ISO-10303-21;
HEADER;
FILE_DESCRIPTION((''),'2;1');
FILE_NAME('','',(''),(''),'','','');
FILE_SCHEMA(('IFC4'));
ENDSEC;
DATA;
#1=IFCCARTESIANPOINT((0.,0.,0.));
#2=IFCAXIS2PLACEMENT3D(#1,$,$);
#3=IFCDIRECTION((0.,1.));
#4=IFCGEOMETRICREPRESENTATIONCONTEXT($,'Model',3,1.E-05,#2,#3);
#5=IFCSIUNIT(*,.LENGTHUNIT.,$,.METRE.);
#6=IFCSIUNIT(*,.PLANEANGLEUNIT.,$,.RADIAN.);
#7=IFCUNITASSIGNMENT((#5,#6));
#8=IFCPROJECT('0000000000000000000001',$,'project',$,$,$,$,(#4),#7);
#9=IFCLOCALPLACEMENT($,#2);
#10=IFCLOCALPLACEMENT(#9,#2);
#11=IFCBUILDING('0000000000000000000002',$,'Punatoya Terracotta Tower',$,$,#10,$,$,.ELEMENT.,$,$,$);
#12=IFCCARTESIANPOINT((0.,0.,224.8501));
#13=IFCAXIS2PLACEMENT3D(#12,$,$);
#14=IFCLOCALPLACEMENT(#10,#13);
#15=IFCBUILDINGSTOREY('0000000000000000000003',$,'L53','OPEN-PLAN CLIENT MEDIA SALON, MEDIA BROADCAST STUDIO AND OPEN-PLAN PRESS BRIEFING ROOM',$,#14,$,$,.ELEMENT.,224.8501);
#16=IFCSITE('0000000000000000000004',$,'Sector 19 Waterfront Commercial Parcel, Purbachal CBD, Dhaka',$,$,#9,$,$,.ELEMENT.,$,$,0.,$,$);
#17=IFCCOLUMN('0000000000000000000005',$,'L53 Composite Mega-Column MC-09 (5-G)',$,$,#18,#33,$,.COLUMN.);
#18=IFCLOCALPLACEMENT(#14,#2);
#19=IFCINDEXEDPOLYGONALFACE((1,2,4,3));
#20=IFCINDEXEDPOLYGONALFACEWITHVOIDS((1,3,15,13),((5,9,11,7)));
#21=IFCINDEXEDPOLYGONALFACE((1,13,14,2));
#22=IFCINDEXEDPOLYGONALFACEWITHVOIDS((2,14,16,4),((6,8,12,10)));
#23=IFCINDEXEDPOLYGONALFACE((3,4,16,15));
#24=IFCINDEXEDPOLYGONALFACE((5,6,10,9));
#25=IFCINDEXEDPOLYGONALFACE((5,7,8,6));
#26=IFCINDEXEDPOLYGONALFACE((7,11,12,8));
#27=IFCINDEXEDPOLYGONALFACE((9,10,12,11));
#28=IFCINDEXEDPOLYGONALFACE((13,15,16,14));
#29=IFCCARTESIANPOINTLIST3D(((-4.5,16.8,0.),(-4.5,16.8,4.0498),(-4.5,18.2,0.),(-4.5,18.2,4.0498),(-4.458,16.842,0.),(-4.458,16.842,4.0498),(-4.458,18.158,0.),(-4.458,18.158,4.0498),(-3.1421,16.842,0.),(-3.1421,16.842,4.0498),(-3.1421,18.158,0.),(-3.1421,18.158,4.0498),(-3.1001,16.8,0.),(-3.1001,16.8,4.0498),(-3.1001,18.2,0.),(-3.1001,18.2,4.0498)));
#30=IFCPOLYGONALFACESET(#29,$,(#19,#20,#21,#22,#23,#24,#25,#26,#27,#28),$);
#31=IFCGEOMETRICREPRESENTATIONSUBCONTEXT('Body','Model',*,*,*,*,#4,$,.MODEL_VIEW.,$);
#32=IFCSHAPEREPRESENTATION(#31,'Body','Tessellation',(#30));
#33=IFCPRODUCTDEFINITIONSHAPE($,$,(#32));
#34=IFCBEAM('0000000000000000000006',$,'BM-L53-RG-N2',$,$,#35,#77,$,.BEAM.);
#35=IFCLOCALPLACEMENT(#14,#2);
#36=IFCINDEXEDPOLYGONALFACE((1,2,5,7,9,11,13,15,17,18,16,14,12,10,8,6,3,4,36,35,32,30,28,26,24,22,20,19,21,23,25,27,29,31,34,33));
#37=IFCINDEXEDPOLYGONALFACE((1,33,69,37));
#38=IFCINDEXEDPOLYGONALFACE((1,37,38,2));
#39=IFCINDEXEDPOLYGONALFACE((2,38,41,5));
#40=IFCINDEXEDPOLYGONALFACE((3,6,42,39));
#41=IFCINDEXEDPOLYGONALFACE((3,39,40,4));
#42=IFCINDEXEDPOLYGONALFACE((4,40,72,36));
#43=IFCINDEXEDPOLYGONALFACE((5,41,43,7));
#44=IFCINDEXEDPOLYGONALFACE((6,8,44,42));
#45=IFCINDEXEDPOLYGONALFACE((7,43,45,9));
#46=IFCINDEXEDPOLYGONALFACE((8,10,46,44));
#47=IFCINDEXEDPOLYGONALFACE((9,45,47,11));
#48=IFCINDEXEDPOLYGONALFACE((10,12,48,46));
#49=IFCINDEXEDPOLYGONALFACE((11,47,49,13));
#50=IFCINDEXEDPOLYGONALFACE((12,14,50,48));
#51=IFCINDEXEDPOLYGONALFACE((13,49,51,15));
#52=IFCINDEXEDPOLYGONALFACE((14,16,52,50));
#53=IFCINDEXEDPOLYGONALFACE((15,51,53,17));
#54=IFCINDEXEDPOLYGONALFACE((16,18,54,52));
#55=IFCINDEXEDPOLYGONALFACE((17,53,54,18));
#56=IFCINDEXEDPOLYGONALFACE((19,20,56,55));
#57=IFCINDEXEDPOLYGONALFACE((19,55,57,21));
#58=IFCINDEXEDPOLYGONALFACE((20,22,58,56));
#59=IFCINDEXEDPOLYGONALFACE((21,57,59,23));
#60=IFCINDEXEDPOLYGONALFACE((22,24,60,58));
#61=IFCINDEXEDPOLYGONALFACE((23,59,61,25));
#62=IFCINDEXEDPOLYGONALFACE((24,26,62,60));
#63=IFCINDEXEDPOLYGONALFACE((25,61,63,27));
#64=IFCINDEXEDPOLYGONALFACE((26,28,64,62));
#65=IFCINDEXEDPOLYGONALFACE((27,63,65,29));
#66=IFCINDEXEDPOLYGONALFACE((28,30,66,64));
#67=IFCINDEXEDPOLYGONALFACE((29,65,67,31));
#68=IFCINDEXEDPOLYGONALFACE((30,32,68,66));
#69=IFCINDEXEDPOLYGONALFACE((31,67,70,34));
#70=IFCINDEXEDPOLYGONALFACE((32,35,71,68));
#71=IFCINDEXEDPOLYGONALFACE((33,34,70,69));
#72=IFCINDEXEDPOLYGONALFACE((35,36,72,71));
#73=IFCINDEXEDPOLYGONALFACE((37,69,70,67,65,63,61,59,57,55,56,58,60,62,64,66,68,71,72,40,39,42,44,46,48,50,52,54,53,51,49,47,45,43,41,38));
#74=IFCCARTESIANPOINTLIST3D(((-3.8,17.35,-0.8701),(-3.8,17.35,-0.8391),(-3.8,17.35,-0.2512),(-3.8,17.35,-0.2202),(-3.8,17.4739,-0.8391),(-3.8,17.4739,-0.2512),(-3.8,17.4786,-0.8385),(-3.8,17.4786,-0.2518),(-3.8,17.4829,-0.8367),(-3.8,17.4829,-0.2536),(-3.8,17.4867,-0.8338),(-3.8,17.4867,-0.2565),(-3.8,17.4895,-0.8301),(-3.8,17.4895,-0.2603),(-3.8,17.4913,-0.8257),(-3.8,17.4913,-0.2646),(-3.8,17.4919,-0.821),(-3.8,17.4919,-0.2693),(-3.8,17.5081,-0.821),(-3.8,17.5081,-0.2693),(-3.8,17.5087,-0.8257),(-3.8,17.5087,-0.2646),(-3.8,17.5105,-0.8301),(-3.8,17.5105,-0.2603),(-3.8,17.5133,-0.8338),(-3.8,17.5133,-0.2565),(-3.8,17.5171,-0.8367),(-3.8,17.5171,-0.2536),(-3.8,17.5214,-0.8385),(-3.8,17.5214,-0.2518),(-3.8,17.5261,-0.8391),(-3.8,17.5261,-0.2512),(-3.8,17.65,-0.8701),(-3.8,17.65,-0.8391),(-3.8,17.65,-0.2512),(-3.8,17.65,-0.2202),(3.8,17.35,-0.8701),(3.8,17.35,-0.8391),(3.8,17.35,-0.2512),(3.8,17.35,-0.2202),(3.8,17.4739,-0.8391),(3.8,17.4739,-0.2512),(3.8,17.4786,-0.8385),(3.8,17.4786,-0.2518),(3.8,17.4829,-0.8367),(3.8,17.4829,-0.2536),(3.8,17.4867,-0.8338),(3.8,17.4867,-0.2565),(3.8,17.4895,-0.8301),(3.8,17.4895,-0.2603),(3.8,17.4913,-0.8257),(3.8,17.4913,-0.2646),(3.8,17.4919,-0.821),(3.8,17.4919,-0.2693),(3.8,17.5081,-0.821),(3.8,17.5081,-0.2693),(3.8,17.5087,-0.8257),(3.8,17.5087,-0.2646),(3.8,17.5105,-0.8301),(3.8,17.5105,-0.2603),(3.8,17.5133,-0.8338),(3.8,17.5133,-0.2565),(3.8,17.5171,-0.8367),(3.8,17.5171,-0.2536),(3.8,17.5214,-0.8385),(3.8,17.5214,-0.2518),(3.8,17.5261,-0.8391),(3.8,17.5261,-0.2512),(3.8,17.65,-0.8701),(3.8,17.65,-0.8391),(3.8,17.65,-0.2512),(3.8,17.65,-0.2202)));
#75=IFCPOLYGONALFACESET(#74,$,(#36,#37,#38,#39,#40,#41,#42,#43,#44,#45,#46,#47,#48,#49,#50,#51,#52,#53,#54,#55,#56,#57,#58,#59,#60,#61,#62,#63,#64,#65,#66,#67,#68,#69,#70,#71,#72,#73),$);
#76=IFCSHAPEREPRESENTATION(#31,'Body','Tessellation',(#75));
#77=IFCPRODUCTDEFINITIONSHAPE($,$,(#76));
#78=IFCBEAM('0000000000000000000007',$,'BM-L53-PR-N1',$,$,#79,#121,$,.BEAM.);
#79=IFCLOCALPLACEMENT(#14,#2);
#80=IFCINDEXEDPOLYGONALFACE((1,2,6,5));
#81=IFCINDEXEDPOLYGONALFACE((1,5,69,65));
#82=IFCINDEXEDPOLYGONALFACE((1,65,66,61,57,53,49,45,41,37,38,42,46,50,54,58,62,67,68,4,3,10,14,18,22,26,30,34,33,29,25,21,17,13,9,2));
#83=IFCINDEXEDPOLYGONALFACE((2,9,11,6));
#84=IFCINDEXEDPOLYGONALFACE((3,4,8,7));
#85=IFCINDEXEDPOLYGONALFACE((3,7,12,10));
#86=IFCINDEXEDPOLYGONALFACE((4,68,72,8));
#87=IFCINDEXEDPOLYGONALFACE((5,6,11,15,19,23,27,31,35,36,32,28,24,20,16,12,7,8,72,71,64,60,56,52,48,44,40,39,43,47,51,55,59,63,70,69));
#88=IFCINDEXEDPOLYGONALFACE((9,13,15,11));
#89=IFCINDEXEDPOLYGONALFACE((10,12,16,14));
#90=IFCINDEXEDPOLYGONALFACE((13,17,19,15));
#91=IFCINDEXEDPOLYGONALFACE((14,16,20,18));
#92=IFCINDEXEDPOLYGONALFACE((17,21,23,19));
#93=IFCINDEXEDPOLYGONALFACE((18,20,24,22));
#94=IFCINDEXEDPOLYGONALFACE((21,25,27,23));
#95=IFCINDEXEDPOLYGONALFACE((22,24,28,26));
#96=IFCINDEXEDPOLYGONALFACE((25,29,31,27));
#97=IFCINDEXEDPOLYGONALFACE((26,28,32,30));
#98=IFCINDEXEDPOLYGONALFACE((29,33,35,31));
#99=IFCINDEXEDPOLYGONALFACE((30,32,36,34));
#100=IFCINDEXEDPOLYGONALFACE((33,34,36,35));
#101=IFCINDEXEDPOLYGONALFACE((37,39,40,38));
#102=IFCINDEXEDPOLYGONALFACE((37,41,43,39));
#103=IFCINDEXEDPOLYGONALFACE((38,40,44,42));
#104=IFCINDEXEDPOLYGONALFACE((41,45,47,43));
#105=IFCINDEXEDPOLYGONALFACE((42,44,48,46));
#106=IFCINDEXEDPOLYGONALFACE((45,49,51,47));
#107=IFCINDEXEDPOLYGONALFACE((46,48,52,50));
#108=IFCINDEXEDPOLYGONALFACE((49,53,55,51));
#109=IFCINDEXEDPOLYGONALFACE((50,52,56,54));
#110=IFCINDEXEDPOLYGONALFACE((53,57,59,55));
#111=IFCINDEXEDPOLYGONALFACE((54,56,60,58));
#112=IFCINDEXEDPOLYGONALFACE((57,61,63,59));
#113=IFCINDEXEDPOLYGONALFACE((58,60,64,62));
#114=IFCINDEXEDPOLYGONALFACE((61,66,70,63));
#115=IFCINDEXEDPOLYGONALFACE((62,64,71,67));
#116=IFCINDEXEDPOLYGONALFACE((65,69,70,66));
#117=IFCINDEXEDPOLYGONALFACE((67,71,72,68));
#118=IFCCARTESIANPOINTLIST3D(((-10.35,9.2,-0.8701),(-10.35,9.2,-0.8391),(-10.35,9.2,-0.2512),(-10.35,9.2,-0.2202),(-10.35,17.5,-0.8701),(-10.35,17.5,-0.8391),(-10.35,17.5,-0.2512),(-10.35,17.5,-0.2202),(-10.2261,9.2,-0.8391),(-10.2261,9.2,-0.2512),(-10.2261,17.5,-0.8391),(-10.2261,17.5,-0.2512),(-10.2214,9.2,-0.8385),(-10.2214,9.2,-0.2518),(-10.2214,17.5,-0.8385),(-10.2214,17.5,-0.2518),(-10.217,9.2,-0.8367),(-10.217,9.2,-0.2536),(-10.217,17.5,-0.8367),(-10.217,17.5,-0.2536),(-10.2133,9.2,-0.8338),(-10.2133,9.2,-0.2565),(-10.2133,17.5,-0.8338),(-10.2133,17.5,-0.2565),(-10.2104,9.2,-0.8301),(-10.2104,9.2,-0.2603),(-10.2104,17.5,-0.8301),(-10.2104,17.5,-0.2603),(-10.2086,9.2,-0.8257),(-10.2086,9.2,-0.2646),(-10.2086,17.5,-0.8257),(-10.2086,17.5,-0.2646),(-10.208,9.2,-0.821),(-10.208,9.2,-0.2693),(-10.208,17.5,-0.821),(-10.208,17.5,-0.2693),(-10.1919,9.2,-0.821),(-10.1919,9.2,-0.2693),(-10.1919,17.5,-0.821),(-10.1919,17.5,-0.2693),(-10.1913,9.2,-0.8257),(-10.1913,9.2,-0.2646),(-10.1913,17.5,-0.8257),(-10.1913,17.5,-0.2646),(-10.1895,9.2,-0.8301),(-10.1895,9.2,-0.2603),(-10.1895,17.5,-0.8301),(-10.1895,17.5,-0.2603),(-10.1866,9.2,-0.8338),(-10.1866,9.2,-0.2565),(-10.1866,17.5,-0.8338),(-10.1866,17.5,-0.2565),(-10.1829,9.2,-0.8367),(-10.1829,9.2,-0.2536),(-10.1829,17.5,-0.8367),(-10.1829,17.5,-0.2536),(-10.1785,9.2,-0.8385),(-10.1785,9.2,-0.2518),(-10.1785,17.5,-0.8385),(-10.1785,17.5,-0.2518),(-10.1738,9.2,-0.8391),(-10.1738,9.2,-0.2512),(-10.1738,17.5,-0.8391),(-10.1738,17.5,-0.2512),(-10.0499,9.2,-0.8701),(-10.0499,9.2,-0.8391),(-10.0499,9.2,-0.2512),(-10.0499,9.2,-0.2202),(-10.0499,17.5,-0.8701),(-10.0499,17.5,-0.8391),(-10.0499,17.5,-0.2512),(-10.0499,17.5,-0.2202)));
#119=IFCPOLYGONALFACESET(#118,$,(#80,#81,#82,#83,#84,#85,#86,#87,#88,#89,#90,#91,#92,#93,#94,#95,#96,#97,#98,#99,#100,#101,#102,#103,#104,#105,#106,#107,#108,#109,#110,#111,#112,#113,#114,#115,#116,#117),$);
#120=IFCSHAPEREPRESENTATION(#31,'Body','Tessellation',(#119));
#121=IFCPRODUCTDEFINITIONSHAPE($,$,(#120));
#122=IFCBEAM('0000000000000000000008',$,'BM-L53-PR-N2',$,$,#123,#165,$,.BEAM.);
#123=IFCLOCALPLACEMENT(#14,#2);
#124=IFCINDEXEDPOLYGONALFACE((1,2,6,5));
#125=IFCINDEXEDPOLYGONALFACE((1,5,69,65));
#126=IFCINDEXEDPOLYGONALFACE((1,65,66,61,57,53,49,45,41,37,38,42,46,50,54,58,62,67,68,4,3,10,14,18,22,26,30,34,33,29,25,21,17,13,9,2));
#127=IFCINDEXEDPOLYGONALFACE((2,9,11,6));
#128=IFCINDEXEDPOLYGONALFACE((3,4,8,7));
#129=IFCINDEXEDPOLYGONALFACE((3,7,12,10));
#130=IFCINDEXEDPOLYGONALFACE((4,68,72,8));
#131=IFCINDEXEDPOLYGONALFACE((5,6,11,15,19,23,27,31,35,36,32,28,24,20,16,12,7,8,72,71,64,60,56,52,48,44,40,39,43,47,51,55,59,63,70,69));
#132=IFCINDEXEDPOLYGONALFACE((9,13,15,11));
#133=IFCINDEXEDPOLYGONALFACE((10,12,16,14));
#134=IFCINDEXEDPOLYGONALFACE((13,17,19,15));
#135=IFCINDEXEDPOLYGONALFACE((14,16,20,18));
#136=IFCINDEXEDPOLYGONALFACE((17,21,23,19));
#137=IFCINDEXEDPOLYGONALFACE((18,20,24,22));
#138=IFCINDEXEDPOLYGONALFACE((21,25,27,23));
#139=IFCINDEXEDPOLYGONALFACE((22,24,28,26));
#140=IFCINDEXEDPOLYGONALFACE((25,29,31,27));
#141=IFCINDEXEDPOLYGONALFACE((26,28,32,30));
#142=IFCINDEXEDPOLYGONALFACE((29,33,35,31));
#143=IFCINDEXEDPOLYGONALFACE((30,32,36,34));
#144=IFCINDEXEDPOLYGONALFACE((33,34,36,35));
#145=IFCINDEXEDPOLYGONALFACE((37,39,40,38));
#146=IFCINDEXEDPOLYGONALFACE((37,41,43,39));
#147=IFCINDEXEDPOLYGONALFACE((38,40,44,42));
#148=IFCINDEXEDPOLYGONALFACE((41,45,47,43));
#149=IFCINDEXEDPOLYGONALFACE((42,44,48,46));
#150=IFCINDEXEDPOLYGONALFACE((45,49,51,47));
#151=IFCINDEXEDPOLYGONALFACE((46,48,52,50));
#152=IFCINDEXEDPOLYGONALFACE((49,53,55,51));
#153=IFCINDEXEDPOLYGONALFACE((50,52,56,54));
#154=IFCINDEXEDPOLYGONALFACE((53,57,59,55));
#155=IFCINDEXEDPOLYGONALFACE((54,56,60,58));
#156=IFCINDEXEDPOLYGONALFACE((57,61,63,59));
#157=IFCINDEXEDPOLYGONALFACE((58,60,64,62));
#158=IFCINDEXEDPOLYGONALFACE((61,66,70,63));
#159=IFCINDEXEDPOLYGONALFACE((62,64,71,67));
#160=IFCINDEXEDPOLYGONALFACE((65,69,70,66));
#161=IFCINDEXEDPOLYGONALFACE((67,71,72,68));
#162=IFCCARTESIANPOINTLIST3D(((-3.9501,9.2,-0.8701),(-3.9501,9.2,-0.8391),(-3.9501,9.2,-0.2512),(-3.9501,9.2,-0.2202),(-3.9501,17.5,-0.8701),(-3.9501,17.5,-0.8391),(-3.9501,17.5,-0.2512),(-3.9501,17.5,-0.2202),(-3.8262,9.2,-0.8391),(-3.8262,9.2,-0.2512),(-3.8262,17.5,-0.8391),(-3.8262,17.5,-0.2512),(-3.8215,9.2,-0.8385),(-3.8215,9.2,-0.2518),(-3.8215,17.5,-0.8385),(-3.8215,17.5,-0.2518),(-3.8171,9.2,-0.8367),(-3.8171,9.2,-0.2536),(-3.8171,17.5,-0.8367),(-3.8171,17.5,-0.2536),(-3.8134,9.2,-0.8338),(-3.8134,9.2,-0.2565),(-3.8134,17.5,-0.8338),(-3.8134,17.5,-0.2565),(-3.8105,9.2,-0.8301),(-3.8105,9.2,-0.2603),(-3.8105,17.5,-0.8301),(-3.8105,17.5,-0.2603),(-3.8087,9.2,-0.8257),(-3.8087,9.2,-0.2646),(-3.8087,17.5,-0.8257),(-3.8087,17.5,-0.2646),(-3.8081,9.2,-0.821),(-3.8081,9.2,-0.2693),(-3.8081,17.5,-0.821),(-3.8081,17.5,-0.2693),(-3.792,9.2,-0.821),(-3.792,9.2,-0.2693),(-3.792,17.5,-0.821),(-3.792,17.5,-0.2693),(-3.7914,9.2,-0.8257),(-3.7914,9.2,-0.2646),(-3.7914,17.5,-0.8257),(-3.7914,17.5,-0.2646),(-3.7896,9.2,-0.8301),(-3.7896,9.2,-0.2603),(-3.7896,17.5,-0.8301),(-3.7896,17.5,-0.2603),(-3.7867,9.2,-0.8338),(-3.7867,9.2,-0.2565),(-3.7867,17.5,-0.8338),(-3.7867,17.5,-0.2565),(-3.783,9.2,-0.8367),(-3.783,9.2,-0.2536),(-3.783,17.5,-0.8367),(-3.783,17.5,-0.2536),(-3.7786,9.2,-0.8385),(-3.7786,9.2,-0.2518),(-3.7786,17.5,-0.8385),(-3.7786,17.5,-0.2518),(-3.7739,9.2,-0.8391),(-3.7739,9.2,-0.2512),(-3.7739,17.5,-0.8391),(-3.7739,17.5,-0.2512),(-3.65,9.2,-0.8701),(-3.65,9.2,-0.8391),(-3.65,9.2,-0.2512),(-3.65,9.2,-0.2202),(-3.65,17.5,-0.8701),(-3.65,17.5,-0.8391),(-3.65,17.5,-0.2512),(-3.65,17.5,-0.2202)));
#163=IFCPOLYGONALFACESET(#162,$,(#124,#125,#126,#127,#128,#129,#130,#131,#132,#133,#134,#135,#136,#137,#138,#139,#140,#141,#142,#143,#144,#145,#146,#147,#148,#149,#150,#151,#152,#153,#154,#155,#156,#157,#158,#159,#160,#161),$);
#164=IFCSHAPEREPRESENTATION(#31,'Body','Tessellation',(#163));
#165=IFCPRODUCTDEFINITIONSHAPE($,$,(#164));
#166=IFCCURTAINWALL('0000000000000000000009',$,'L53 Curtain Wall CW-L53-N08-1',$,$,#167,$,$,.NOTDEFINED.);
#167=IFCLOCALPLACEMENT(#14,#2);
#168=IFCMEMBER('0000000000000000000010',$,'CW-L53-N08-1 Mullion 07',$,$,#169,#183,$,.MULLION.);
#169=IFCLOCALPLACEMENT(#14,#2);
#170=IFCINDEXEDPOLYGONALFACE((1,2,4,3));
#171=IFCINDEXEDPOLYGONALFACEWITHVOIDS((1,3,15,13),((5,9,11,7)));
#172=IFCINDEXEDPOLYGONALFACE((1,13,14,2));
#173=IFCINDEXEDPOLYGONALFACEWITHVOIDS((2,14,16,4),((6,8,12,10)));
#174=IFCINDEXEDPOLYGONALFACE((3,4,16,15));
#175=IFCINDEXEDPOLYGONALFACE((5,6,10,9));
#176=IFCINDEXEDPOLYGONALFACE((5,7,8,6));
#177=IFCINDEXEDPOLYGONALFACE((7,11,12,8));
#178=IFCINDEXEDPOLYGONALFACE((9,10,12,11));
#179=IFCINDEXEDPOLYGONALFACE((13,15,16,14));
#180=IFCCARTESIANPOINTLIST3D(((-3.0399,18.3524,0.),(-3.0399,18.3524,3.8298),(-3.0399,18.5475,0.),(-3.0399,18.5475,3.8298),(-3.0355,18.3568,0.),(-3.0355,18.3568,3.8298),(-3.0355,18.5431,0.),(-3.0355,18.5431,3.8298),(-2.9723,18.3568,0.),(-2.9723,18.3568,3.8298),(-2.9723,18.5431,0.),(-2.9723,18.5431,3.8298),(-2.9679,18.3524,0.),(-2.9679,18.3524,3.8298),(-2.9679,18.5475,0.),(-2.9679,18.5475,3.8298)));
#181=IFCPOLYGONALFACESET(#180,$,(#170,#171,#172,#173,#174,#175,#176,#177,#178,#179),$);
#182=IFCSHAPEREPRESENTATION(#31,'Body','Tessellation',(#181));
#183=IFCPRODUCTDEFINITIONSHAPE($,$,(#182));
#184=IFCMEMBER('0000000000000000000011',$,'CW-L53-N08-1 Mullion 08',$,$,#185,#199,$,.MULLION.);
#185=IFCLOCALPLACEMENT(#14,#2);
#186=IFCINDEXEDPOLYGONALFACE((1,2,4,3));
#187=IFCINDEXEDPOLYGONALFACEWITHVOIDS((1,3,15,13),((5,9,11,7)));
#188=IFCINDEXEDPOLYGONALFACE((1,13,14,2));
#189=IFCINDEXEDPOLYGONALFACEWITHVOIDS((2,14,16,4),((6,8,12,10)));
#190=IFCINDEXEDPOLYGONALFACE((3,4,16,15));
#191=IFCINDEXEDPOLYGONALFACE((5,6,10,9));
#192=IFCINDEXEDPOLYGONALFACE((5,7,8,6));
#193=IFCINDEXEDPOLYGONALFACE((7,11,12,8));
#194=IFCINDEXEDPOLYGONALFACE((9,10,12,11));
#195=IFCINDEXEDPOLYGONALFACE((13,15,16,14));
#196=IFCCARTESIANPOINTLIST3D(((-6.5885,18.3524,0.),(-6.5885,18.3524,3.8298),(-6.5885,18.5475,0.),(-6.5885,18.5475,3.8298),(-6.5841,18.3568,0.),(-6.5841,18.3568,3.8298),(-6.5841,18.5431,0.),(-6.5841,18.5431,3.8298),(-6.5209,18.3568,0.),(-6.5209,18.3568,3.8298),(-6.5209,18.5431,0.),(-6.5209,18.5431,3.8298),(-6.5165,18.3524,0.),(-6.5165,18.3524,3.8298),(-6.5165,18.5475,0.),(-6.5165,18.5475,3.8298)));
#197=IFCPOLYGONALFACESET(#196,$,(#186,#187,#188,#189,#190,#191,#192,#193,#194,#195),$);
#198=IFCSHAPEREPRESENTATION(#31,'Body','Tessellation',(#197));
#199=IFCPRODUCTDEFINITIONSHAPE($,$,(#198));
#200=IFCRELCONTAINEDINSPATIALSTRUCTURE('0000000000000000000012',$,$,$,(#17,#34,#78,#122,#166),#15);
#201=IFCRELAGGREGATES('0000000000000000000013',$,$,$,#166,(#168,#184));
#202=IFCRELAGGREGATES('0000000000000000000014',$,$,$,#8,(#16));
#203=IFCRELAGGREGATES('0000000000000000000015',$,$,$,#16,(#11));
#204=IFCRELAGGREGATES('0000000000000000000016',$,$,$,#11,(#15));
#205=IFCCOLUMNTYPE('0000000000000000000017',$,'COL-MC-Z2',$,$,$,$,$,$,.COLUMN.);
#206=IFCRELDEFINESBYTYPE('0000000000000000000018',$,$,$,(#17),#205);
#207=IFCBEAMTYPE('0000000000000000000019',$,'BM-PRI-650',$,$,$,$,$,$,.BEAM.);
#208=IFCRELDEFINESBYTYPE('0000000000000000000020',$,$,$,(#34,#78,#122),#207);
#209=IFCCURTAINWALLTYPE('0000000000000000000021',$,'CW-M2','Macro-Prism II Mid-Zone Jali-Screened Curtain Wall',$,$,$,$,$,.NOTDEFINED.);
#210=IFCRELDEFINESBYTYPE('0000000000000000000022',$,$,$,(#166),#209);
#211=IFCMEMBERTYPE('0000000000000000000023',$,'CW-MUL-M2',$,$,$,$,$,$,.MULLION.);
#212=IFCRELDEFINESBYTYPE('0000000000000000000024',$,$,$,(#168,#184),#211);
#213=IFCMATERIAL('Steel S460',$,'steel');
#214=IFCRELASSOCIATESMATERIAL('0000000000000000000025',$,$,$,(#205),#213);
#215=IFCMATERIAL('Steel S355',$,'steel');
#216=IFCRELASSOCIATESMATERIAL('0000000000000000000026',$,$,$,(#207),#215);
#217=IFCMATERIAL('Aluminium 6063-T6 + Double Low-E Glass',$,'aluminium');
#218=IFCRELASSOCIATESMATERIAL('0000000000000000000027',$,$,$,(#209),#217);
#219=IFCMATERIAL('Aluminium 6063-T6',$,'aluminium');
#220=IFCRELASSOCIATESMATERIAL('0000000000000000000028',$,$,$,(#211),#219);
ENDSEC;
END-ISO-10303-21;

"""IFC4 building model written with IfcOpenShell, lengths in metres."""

from ifc_helpers import new_model, si_unit, direction, frame, origin, origin_2d, place, context, subcontext, project, spatial, hollow_rectangle, i_section, extrude, material, material_profile, profile_set, type_object, element, aggregate, save


model = new_model("IFC4")

# Units and contexts
model_context = context("Model", 3, precision=1e-05, world=origin(), true_north=direction((0.0, 1.0)))
body_context = subcontext(model_context, "Body", "Model", "MODEL_VIEW")
ifc_project = project(units=[si_unit("LENGTHUNIT", "METRE"), si_unit("PLANEANGLEUNIT", "RADIAN")], contexts=[model_context])

# Site, building, storey
site_placement = place(None, origin())
site = spatial("IfcSite", under=ifc_project, at=site_placement, Name="Sector 19 Waterfront Commercial Parcel, Purbachal CBD, Dhaka", CompositionType="ELEMENT", RefElevation=0.0)
building_placement = place(site_placement, origin())
building = spatial("IfcBuilding", under=site, at=building_placement, Name="Punatoya Terracotta Tower", CompositionType="ELEMENT")
storey_placement = place(building_placement, frame((0.0, 0.0, 224.8501)))
storey = spatial("IfcBuildingStorey", under=building, at=storey_placement, Name="L53", Description="OPEN-PLAN CLIENT MEDIA SALON, MEDIA BROADCAST STUDIO AND OPEN-PLAN PRESS BRIEFING ROOM", CompositionType="ELEMENT", Elevation=224.8501)

# Column
ifc_material_1 = material(Name="Steel S460", Category="steel")
ifc_material_profile_1 = material_profile(ifc_material_1, hollow_rectangle(XDim=1.3999, YDim=1.3999, WallThickness=0.042, at=origin_2d()))
ifc_profile_set_1 = profile_set([ifc_material_profile_1], Name="Steel S460")
column_type = type_object("IfcColumnType", Name="COL-MC-Z2", PredefinedType="COLUMN", material=ifc_profile_set_1)
column_placement = place(storey_placement, frame((-3.8, 17.5, 0.0), z_axis=(0.0, 0.0, 1.0), x_axis=(1.0, 0.0, 0.0)))
element("IfcColumn", 1, at=column_placement, inside=storey, type_object=column_type, Name="L53 Composite Mega-Column MC-09 (5-G)", PredefinedType="COLUMN", context=body_context, shape_type="SweptSolid", body=[
    extrude(hollow_rectangle(XDim=1.3999, YDim=1.3999, WallThickness=0.042, at=origin_2d()), origin(), (0.0, 0.0, 1.0), 4.0498),
])

# Beams
ifc_material_2 = material(Name="Steel S355", Category="steel")
ifc_material_profile_2 = material_profile(ifc_material_2, i_section(OverallWidth=0.3, OverallDepth=0.6499, WebThickness=0.0161, FlangeThickness=0.031, FilletRadius=0.0181, at=origin_2d()))
ifc_profile_set_2 = profile_set([ifc_material_profile_2], Name="Steel S355")
beam_type = type_object("IfcBeamType", Name="BM-PRI-650", PredefinedType="BEAM", material=ifc_profile_set_2)
beam_placement = place(storey_placement, frame((-3.8, 17.5, -0.5452), z_axis=(1.0, 0.0, 0.0), x_axis=(0.0, 1.0, 0.0)))
element("IfcBeam", 2, at=beam_placement, inside=storey, type_object=beam_type, Name="BM-L53-RG-N2", PredefinedType="BEAM", context=body_context, shape_type="SweptSolid", body=[
    extrude(i_section(OverallWidth=0.3, OverallDepth=0.6499, WebThickness=0.0161, FlangeThickness=0.031, FilletRadius=0.0181, at=origin_2d()), origin(), (0.0, 0.0, 1.0), 7.6001),
])
for number, where, z_axis, x_axis, name in (
    (3, (-10.2, 9.2, -0.5452), (0.0, 1.0, 0.0), (-1.0, 0.0, 0.0), "BM-L53-PR-N1"),
    (4, (-3.8, 9.2, -0.5452), (0.0, 1.0, 0.0), (-1.0, 0.0, 0.0), "BM-L53-PR-N2"),
):
    element("IfcBeam", number, at=place(storey_placement, frame(where, z_axis=z_axis, x_axis=x_axis)), inside=storey, type_object=beam_type, Name=name, PredefinedType="BEAM", context=body_context, shape_type="SweptSolid", body=[
        extrude(i_section(OverallWidth=0.3, OverallDepth=0.6499, WebThickness=0.0161, FlangeThickness=0.031, FilletRadius=0.0181, at=origin_2d()), origin(), (0.0, 0.0, 1.0), 8.3),
    ])

# Curtain wall, members
ifc_material_3 = material(Name="Aluminium 6063-T6 + Double Low-E Glass", Category="aluminium")
curtain_wall_type = type_object("IfcCurtainWallType", Name="CW-M2", Description="Macro-Prism II Mid-Zone Jali-Screened Curtain Wall", PredefinedType="NOTDEFINED", material=ifc_material_3)
curtain_wall_placement = place(storey_placement, origin())
curtain_wall = element("IfcCurtainWall", 5, at=curtain_wall_placement, inside=storey, type_object=curtain_wall_type, Name="L53 Curtain Wall CW-L53-N08-1", PredefinedType="NOTDEFINED")
ifc_material_4 = material(Name="Aluminium 6063-T6", Category="aluminium")
ifc_material_profile_3 = material_profile(ifc_material_4, hollow_rectangle(XDim=0.072, YDim=0.1951, WallThickness=0.0044, at=origin_2d()))
ifc_profile_set_3 = profile_set([ifc_material_profile_3], Name="Aluminium 6063-T6")
member_type = type_object("IfcMemberType", Name="CW-MUL-M2", PredefinedType="MULLION", material=ifc_profile_set_3)
member_1_placement = place(storey_placement, frame((-3.0039, 18.45, 0.0), z_axis=(0.0, 0.0, 1.0), x_axis=(1.0, 0.0, 0.0)))
member_1 = element("IfcMember", 6, at=member_1_placement, type_object=member_type, Name="CW-L53-N08-1 Mullion 07", PredefinedType="MULLION", context=body_context, shape_type="SweptSolid", body=[
    extrude(hollow_rectangle(XDim=0.072, YDim=0.1951, WallThickness=0.0044, at=origin_2d()), origin(), (0.0, 0.0, 1.0), 3.8298),
])
member_2_placement = place(storey_placement, frame((-6.5525, 18.45, 0.0), z_axis=(0.0, 0.0, 1.0), x_axis=(1.0, 0.0, 0.0)))
member_2 = element("IfcMember", 7, at=member_2_placement, type_object=member_type, Name="CW-L53-N08-1 Mullion 08", PredefinedType="MULLION", context=body_context, shape_type="SweptSolid", body=[
    extrude(hollow_rectangle(XDim=0.072, YDim=0.1951, WallThickness=0.0044, at=origin_2d()), origin(), (0.0, 0.0, 1.0), 3.8298),
])
aggregate(curtain_wall, [member_1, member_2])

save(model, "model.ifc")
